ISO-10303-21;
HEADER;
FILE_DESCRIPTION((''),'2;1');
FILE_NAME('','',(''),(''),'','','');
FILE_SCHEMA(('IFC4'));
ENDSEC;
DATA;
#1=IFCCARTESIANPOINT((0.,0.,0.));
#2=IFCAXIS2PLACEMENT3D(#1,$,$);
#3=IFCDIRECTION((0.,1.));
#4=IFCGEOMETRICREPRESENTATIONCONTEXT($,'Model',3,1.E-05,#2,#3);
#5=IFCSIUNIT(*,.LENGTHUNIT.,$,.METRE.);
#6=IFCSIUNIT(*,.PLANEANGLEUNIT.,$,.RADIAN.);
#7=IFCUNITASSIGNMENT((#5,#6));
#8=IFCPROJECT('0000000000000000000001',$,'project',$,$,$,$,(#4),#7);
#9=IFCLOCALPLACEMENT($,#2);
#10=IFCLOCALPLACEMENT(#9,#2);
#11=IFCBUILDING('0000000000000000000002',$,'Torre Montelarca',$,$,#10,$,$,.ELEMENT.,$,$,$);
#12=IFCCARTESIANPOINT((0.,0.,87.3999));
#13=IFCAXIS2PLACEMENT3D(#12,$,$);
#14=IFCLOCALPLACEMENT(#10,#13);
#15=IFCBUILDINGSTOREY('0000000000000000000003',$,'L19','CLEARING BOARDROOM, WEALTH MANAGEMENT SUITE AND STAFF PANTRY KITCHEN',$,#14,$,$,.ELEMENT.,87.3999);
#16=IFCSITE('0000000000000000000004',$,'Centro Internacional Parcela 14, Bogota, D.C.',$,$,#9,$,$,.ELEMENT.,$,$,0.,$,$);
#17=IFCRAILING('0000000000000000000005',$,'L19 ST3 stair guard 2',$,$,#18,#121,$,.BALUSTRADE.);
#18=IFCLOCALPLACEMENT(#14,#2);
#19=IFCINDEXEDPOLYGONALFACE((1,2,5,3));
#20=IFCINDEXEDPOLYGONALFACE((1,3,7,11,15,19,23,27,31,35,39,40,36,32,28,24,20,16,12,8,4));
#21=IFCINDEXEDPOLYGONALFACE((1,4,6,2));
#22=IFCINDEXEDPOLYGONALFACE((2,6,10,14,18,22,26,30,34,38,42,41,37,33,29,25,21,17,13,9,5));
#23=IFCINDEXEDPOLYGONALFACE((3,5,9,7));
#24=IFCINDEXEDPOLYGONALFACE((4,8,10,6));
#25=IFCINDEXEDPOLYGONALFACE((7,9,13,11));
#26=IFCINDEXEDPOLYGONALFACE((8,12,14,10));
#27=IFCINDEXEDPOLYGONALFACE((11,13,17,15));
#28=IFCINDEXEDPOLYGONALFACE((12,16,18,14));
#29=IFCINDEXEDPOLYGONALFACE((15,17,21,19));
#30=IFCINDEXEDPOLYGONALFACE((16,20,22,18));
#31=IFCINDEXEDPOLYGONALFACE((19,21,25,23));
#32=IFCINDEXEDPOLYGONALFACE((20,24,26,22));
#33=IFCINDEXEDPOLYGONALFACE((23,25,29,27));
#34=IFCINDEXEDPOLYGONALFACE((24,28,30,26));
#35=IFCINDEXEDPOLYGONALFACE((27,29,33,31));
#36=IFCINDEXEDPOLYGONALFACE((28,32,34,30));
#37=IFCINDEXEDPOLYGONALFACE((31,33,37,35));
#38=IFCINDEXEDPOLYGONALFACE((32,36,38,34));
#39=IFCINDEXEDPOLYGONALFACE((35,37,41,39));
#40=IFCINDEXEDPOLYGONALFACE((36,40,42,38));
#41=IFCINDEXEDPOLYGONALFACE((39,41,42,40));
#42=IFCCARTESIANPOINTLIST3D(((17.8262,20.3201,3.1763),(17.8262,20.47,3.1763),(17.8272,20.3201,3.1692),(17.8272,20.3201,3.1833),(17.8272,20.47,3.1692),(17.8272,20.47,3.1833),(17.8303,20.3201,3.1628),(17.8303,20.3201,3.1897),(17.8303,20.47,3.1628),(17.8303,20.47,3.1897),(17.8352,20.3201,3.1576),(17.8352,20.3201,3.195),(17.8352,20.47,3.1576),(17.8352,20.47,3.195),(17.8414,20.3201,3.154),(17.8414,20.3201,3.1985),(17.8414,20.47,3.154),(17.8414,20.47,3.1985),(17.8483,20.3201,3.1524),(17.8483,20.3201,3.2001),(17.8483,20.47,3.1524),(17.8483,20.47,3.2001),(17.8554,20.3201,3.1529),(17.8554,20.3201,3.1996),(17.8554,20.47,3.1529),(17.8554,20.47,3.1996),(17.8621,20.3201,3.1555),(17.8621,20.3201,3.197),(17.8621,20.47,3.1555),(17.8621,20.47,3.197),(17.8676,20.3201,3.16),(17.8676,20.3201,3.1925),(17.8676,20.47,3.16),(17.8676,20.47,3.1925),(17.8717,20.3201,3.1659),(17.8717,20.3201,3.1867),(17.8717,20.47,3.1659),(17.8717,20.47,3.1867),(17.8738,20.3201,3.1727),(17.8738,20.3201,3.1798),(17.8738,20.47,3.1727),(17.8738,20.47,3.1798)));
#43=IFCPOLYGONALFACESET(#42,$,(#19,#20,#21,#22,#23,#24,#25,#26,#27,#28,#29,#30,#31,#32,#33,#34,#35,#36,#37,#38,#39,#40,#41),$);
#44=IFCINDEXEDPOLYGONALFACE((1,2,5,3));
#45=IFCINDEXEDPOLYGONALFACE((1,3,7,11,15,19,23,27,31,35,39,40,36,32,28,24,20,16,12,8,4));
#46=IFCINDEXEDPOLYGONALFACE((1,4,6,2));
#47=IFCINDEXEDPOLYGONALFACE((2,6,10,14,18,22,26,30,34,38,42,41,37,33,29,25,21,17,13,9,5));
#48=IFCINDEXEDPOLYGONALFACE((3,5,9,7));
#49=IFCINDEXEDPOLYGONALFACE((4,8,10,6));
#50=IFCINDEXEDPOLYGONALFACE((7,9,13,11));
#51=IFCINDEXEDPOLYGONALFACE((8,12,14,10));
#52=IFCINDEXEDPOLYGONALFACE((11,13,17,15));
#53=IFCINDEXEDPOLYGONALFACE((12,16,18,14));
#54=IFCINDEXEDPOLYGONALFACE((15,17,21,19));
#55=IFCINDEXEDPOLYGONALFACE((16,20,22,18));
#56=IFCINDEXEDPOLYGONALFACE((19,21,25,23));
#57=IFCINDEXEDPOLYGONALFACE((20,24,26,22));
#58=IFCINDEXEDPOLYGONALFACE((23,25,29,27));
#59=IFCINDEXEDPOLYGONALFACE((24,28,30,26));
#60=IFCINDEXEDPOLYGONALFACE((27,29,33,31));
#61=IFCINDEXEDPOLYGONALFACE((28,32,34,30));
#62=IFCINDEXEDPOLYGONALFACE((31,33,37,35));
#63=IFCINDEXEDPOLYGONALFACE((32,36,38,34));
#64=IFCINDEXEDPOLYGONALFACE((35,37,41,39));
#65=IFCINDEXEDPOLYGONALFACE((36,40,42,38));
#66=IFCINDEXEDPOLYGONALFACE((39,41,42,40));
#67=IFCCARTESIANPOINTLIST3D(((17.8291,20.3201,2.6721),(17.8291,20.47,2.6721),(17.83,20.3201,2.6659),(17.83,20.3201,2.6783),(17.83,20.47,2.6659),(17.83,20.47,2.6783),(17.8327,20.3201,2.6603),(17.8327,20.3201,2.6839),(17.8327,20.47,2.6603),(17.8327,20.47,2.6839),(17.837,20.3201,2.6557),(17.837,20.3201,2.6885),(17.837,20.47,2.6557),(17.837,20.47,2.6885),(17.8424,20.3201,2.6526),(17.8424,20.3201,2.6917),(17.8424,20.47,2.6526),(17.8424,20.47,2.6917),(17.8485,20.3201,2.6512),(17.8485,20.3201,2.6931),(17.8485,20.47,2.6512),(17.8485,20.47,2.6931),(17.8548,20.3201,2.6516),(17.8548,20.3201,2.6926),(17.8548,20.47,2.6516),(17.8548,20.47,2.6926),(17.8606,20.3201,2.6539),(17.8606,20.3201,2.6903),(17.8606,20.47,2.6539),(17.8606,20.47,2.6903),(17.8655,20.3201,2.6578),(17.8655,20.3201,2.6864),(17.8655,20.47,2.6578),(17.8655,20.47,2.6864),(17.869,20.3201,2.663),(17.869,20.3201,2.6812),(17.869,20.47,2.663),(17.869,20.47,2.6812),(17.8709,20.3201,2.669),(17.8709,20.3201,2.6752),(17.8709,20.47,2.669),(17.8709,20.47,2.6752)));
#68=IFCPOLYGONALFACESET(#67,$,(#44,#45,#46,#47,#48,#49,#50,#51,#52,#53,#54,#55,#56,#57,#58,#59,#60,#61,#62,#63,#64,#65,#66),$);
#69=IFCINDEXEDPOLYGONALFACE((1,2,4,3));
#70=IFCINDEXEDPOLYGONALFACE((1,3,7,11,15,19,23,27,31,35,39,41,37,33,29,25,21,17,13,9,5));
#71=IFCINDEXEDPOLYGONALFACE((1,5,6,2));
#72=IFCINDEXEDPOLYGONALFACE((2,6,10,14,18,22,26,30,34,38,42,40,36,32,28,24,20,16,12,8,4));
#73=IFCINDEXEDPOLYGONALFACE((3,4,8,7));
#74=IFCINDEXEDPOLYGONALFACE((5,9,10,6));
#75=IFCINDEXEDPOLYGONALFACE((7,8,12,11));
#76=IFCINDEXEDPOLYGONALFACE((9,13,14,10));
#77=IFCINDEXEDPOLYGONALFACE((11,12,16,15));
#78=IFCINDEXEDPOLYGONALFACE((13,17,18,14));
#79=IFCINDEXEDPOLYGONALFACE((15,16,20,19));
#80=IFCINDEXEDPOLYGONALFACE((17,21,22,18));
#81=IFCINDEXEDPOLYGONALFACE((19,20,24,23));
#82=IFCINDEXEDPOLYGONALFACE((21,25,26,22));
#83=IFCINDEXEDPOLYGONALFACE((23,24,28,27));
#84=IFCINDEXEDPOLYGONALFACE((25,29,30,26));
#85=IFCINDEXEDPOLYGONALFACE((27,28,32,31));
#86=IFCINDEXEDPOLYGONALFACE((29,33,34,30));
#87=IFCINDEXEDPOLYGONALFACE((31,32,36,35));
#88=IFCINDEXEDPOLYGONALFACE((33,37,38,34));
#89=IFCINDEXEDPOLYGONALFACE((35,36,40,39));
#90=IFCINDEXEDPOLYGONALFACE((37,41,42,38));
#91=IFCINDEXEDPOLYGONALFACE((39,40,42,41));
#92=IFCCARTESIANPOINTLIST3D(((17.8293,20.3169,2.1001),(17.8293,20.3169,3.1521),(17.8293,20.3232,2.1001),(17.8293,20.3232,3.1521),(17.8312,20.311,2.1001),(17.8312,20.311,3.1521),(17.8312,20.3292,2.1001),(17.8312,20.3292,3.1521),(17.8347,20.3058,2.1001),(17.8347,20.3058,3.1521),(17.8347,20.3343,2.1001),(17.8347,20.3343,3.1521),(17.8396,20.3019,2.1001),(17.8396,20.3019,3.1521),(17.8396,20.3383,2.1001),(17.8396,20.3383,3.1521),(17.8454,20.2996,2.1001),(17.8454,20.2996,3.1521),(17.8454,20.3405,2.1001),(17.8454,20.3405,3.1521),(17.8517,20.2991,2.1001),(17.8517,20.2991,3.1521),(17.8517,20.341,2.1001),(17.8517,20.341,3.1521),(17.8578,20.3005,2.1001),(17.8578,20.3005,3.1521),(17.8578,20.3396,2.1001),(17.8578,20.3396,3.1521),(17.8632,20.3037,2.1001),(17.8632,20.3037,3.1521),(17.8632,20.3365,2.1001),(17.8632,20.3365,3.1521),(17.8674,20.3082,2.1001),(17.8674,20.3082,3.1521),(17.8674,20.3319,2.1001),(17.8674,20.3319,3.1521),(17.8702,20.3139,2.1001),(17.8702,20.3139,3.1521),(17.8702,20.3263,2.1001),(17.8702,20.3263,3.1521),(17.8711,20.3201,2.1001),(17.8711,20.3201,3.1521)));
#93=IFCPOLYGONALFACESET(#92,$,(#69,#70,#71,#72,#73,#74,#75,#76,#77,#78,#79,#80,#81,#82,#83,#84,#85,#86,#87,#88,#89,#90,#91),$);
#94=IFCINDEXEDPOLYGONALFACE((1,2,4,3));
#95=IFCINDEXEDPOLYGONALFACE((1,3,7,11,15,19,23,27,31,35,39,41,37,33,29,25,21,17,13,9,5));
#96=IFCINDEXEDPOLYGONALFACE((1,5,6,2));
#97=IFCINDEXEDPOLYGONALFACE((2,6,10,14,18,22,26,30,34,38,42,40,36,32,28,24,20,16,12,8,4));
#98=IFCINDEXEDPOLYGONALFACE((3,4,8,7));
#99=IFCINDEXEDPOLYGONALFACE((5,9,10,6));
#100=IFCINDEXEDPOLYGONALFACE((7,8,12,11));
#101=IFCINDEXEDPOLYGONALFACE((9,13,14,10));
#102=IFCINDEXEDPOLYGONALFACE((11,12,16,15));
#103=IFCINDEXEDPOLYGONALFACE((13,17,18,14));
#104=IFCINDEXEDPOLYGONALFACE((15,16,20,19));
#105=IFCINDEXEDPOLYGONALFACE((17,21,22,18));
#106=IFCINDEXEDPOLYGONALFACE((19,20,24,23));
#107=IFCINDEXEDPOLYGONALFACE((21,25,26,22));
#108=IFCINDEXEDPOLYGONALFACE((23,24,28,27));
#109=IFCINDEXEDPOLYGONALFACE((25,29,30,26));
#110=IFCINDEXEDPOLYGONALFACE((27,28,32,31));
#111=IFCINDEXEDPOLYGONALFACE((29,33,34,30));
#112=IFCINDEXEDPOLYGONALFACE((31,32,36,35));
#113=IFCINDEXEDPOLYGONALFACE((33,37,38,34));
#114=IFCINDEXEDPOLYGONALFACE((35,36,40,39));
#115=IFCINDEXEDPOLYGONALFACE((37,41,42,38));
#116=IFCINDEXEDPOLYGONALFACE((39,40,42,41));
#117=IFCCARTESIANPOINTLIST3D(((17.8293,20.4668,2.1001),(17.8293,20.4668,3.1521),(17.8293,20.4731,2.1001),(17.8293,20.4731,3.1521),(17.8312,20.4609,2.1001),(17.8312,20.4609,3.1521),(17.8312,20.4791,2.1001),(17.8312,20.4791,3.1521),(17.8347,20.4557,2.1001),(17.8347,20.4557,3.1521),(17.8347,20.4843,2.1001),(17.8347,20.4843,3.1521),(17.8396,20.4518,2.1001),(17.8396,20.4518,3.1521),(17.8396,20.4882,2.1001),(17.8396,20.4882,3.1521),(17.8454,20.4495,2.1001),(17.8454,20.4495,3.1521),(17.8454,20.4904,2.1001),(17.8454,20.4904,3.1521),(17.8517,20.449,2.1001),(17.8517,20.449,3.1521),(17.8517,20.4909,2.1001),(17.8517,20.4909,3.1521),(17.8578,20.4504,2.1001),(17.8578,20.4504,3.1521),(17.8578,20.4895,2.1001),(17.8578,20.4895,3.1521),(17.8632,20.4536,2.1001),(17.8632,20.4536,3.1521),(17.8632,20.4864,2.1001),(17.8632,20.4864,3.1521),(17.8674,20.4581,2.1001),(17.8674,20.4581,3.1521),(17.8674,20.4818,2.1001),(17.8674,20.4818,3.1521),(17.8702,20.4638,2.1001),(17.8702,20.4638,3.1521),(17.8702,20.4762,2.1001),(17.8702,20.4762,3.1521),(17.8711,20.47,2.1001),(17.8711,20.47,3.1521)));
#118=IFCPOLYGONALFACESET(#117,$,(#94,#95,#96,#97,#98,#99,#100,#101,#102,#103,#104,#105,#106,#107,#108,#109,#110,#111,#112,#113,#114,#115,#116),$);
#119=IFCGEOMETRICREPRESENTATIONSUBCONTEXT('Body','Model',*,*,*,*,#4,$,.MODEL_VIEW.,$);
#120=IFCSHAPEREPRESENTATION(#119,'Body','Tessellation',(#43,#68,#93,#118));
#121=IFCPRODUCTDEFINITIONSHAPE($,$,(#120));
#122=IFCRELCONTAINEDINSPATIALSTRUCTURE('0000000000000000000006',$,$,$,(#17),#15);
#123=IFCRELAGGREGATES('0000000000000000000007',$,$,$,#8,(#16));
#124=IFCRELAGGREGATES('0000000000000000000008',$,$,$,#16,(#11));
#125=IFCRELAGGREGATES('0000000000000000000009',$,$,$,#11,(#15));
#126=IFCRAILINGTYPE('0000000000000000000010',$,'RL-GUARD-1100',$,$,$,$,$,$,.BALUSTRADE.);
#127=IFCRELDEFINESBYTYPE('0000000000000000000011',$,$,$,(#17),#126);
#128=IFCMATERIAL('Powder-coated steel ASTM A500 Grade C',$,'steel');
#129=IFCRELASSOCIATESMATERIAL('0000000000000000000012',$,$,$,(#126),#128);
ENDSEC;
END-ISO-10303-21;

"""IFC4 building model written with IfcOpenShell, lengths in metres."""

from ifc_helpers import new_model, si_unit, direction, frame, origin, origin_2d, place, context, subcontext, project, spatial, circle, extrude, material, type_object, element, save


model = new_model("IFC4")

# Units and contexts
model_context = context("Model", 3, precision=1e-05, world=origin(), true_north=direction((0.0, 1.0)))
body_context = subcontext(model_context, "Body", "Model", "MODEL_VIEW")
ifc_project = project(units=[si_unit("LENGTHUNIT", "METRE"), si_unit("PLANEANGLEUNIT", "RADIAN")], contexts=[model_context])

# Site, building, storey
site_placement = place(None, origin())
site = spatial("IfcSite", under=ifc_project, at=site_placement, Name="Centro Internacional Parcela 14, Bogota, D.C.", CompositionType="ELEMENT", RefElevation=0.0)
building_placement = place(site_placement, origin())
building = spatial("IfcBuilding", under=site, at=building_placement, Name="Torre Montelarca", CompositionType="ELEMENT")
storey_placement = place(building_placement, frame((0.0, 0.0, 87.3999)))
storey = spatial("IfcBuildingStorey", under=building, at=storey_placement, Name="L19", Description="CLEARING BOARDROOM, WEALTH MANAGEMENT SUITE AND STAFF PANTRY KITCHEN", CompositionType="ELEMENT", Elevation=87.3999)

# Railing
ifc_material_1 = material(Name="Powder-coated steel ASTM A500 Grade C", Category="steel")
railing_type_1 = type_object("IfcRailingType", Name="RL-GUARD-1100", PredefinedType="BALUSTRADE", material=ifc_material_1)
railing_1_placement = place(storey_placement, frame((17.8501, 20.3201, 2.1001)))
element("IfcRailing", 1, at=railing_1_placement, inside=storey, type_object=railing_type_1, Name="L19 ST3 stair guard 2", PredefinedType="BALUSTRADE", context=body_context, shape_type="SweptSolid", body=[
    extrude(circle(Radius=0.0239, at=origin_2d()), frame((0.0, 0.0, 1.0762), z_axis=(0.0, 1.0, 0.0), x_axis=(-1.0, 0.0, 0.0)), (0.0, 0.0, 1.0), 0.1499),
    extrude(circle(Radius=0.021, at=origin_2d()), frame((0.0, 0.0, 0.572), z_axis=(0.0, 1.0, 0.0), x_axis=(-1.0, 0.0, 0.0)), (0.0, 0.0, 1.0), 0.1499),
    extrude(circle(Radius=0.021, at=origin_2d()), origin(), (0.0, 0.0, 1.0), 1.052),
    extrude(circle(Radius=0.021, at=origin_2d()), frame((0.0, 0.1499, 0.0)), (0.0, 0.0, 1.0), 1.052),
])

save(model, "model.ifc")
